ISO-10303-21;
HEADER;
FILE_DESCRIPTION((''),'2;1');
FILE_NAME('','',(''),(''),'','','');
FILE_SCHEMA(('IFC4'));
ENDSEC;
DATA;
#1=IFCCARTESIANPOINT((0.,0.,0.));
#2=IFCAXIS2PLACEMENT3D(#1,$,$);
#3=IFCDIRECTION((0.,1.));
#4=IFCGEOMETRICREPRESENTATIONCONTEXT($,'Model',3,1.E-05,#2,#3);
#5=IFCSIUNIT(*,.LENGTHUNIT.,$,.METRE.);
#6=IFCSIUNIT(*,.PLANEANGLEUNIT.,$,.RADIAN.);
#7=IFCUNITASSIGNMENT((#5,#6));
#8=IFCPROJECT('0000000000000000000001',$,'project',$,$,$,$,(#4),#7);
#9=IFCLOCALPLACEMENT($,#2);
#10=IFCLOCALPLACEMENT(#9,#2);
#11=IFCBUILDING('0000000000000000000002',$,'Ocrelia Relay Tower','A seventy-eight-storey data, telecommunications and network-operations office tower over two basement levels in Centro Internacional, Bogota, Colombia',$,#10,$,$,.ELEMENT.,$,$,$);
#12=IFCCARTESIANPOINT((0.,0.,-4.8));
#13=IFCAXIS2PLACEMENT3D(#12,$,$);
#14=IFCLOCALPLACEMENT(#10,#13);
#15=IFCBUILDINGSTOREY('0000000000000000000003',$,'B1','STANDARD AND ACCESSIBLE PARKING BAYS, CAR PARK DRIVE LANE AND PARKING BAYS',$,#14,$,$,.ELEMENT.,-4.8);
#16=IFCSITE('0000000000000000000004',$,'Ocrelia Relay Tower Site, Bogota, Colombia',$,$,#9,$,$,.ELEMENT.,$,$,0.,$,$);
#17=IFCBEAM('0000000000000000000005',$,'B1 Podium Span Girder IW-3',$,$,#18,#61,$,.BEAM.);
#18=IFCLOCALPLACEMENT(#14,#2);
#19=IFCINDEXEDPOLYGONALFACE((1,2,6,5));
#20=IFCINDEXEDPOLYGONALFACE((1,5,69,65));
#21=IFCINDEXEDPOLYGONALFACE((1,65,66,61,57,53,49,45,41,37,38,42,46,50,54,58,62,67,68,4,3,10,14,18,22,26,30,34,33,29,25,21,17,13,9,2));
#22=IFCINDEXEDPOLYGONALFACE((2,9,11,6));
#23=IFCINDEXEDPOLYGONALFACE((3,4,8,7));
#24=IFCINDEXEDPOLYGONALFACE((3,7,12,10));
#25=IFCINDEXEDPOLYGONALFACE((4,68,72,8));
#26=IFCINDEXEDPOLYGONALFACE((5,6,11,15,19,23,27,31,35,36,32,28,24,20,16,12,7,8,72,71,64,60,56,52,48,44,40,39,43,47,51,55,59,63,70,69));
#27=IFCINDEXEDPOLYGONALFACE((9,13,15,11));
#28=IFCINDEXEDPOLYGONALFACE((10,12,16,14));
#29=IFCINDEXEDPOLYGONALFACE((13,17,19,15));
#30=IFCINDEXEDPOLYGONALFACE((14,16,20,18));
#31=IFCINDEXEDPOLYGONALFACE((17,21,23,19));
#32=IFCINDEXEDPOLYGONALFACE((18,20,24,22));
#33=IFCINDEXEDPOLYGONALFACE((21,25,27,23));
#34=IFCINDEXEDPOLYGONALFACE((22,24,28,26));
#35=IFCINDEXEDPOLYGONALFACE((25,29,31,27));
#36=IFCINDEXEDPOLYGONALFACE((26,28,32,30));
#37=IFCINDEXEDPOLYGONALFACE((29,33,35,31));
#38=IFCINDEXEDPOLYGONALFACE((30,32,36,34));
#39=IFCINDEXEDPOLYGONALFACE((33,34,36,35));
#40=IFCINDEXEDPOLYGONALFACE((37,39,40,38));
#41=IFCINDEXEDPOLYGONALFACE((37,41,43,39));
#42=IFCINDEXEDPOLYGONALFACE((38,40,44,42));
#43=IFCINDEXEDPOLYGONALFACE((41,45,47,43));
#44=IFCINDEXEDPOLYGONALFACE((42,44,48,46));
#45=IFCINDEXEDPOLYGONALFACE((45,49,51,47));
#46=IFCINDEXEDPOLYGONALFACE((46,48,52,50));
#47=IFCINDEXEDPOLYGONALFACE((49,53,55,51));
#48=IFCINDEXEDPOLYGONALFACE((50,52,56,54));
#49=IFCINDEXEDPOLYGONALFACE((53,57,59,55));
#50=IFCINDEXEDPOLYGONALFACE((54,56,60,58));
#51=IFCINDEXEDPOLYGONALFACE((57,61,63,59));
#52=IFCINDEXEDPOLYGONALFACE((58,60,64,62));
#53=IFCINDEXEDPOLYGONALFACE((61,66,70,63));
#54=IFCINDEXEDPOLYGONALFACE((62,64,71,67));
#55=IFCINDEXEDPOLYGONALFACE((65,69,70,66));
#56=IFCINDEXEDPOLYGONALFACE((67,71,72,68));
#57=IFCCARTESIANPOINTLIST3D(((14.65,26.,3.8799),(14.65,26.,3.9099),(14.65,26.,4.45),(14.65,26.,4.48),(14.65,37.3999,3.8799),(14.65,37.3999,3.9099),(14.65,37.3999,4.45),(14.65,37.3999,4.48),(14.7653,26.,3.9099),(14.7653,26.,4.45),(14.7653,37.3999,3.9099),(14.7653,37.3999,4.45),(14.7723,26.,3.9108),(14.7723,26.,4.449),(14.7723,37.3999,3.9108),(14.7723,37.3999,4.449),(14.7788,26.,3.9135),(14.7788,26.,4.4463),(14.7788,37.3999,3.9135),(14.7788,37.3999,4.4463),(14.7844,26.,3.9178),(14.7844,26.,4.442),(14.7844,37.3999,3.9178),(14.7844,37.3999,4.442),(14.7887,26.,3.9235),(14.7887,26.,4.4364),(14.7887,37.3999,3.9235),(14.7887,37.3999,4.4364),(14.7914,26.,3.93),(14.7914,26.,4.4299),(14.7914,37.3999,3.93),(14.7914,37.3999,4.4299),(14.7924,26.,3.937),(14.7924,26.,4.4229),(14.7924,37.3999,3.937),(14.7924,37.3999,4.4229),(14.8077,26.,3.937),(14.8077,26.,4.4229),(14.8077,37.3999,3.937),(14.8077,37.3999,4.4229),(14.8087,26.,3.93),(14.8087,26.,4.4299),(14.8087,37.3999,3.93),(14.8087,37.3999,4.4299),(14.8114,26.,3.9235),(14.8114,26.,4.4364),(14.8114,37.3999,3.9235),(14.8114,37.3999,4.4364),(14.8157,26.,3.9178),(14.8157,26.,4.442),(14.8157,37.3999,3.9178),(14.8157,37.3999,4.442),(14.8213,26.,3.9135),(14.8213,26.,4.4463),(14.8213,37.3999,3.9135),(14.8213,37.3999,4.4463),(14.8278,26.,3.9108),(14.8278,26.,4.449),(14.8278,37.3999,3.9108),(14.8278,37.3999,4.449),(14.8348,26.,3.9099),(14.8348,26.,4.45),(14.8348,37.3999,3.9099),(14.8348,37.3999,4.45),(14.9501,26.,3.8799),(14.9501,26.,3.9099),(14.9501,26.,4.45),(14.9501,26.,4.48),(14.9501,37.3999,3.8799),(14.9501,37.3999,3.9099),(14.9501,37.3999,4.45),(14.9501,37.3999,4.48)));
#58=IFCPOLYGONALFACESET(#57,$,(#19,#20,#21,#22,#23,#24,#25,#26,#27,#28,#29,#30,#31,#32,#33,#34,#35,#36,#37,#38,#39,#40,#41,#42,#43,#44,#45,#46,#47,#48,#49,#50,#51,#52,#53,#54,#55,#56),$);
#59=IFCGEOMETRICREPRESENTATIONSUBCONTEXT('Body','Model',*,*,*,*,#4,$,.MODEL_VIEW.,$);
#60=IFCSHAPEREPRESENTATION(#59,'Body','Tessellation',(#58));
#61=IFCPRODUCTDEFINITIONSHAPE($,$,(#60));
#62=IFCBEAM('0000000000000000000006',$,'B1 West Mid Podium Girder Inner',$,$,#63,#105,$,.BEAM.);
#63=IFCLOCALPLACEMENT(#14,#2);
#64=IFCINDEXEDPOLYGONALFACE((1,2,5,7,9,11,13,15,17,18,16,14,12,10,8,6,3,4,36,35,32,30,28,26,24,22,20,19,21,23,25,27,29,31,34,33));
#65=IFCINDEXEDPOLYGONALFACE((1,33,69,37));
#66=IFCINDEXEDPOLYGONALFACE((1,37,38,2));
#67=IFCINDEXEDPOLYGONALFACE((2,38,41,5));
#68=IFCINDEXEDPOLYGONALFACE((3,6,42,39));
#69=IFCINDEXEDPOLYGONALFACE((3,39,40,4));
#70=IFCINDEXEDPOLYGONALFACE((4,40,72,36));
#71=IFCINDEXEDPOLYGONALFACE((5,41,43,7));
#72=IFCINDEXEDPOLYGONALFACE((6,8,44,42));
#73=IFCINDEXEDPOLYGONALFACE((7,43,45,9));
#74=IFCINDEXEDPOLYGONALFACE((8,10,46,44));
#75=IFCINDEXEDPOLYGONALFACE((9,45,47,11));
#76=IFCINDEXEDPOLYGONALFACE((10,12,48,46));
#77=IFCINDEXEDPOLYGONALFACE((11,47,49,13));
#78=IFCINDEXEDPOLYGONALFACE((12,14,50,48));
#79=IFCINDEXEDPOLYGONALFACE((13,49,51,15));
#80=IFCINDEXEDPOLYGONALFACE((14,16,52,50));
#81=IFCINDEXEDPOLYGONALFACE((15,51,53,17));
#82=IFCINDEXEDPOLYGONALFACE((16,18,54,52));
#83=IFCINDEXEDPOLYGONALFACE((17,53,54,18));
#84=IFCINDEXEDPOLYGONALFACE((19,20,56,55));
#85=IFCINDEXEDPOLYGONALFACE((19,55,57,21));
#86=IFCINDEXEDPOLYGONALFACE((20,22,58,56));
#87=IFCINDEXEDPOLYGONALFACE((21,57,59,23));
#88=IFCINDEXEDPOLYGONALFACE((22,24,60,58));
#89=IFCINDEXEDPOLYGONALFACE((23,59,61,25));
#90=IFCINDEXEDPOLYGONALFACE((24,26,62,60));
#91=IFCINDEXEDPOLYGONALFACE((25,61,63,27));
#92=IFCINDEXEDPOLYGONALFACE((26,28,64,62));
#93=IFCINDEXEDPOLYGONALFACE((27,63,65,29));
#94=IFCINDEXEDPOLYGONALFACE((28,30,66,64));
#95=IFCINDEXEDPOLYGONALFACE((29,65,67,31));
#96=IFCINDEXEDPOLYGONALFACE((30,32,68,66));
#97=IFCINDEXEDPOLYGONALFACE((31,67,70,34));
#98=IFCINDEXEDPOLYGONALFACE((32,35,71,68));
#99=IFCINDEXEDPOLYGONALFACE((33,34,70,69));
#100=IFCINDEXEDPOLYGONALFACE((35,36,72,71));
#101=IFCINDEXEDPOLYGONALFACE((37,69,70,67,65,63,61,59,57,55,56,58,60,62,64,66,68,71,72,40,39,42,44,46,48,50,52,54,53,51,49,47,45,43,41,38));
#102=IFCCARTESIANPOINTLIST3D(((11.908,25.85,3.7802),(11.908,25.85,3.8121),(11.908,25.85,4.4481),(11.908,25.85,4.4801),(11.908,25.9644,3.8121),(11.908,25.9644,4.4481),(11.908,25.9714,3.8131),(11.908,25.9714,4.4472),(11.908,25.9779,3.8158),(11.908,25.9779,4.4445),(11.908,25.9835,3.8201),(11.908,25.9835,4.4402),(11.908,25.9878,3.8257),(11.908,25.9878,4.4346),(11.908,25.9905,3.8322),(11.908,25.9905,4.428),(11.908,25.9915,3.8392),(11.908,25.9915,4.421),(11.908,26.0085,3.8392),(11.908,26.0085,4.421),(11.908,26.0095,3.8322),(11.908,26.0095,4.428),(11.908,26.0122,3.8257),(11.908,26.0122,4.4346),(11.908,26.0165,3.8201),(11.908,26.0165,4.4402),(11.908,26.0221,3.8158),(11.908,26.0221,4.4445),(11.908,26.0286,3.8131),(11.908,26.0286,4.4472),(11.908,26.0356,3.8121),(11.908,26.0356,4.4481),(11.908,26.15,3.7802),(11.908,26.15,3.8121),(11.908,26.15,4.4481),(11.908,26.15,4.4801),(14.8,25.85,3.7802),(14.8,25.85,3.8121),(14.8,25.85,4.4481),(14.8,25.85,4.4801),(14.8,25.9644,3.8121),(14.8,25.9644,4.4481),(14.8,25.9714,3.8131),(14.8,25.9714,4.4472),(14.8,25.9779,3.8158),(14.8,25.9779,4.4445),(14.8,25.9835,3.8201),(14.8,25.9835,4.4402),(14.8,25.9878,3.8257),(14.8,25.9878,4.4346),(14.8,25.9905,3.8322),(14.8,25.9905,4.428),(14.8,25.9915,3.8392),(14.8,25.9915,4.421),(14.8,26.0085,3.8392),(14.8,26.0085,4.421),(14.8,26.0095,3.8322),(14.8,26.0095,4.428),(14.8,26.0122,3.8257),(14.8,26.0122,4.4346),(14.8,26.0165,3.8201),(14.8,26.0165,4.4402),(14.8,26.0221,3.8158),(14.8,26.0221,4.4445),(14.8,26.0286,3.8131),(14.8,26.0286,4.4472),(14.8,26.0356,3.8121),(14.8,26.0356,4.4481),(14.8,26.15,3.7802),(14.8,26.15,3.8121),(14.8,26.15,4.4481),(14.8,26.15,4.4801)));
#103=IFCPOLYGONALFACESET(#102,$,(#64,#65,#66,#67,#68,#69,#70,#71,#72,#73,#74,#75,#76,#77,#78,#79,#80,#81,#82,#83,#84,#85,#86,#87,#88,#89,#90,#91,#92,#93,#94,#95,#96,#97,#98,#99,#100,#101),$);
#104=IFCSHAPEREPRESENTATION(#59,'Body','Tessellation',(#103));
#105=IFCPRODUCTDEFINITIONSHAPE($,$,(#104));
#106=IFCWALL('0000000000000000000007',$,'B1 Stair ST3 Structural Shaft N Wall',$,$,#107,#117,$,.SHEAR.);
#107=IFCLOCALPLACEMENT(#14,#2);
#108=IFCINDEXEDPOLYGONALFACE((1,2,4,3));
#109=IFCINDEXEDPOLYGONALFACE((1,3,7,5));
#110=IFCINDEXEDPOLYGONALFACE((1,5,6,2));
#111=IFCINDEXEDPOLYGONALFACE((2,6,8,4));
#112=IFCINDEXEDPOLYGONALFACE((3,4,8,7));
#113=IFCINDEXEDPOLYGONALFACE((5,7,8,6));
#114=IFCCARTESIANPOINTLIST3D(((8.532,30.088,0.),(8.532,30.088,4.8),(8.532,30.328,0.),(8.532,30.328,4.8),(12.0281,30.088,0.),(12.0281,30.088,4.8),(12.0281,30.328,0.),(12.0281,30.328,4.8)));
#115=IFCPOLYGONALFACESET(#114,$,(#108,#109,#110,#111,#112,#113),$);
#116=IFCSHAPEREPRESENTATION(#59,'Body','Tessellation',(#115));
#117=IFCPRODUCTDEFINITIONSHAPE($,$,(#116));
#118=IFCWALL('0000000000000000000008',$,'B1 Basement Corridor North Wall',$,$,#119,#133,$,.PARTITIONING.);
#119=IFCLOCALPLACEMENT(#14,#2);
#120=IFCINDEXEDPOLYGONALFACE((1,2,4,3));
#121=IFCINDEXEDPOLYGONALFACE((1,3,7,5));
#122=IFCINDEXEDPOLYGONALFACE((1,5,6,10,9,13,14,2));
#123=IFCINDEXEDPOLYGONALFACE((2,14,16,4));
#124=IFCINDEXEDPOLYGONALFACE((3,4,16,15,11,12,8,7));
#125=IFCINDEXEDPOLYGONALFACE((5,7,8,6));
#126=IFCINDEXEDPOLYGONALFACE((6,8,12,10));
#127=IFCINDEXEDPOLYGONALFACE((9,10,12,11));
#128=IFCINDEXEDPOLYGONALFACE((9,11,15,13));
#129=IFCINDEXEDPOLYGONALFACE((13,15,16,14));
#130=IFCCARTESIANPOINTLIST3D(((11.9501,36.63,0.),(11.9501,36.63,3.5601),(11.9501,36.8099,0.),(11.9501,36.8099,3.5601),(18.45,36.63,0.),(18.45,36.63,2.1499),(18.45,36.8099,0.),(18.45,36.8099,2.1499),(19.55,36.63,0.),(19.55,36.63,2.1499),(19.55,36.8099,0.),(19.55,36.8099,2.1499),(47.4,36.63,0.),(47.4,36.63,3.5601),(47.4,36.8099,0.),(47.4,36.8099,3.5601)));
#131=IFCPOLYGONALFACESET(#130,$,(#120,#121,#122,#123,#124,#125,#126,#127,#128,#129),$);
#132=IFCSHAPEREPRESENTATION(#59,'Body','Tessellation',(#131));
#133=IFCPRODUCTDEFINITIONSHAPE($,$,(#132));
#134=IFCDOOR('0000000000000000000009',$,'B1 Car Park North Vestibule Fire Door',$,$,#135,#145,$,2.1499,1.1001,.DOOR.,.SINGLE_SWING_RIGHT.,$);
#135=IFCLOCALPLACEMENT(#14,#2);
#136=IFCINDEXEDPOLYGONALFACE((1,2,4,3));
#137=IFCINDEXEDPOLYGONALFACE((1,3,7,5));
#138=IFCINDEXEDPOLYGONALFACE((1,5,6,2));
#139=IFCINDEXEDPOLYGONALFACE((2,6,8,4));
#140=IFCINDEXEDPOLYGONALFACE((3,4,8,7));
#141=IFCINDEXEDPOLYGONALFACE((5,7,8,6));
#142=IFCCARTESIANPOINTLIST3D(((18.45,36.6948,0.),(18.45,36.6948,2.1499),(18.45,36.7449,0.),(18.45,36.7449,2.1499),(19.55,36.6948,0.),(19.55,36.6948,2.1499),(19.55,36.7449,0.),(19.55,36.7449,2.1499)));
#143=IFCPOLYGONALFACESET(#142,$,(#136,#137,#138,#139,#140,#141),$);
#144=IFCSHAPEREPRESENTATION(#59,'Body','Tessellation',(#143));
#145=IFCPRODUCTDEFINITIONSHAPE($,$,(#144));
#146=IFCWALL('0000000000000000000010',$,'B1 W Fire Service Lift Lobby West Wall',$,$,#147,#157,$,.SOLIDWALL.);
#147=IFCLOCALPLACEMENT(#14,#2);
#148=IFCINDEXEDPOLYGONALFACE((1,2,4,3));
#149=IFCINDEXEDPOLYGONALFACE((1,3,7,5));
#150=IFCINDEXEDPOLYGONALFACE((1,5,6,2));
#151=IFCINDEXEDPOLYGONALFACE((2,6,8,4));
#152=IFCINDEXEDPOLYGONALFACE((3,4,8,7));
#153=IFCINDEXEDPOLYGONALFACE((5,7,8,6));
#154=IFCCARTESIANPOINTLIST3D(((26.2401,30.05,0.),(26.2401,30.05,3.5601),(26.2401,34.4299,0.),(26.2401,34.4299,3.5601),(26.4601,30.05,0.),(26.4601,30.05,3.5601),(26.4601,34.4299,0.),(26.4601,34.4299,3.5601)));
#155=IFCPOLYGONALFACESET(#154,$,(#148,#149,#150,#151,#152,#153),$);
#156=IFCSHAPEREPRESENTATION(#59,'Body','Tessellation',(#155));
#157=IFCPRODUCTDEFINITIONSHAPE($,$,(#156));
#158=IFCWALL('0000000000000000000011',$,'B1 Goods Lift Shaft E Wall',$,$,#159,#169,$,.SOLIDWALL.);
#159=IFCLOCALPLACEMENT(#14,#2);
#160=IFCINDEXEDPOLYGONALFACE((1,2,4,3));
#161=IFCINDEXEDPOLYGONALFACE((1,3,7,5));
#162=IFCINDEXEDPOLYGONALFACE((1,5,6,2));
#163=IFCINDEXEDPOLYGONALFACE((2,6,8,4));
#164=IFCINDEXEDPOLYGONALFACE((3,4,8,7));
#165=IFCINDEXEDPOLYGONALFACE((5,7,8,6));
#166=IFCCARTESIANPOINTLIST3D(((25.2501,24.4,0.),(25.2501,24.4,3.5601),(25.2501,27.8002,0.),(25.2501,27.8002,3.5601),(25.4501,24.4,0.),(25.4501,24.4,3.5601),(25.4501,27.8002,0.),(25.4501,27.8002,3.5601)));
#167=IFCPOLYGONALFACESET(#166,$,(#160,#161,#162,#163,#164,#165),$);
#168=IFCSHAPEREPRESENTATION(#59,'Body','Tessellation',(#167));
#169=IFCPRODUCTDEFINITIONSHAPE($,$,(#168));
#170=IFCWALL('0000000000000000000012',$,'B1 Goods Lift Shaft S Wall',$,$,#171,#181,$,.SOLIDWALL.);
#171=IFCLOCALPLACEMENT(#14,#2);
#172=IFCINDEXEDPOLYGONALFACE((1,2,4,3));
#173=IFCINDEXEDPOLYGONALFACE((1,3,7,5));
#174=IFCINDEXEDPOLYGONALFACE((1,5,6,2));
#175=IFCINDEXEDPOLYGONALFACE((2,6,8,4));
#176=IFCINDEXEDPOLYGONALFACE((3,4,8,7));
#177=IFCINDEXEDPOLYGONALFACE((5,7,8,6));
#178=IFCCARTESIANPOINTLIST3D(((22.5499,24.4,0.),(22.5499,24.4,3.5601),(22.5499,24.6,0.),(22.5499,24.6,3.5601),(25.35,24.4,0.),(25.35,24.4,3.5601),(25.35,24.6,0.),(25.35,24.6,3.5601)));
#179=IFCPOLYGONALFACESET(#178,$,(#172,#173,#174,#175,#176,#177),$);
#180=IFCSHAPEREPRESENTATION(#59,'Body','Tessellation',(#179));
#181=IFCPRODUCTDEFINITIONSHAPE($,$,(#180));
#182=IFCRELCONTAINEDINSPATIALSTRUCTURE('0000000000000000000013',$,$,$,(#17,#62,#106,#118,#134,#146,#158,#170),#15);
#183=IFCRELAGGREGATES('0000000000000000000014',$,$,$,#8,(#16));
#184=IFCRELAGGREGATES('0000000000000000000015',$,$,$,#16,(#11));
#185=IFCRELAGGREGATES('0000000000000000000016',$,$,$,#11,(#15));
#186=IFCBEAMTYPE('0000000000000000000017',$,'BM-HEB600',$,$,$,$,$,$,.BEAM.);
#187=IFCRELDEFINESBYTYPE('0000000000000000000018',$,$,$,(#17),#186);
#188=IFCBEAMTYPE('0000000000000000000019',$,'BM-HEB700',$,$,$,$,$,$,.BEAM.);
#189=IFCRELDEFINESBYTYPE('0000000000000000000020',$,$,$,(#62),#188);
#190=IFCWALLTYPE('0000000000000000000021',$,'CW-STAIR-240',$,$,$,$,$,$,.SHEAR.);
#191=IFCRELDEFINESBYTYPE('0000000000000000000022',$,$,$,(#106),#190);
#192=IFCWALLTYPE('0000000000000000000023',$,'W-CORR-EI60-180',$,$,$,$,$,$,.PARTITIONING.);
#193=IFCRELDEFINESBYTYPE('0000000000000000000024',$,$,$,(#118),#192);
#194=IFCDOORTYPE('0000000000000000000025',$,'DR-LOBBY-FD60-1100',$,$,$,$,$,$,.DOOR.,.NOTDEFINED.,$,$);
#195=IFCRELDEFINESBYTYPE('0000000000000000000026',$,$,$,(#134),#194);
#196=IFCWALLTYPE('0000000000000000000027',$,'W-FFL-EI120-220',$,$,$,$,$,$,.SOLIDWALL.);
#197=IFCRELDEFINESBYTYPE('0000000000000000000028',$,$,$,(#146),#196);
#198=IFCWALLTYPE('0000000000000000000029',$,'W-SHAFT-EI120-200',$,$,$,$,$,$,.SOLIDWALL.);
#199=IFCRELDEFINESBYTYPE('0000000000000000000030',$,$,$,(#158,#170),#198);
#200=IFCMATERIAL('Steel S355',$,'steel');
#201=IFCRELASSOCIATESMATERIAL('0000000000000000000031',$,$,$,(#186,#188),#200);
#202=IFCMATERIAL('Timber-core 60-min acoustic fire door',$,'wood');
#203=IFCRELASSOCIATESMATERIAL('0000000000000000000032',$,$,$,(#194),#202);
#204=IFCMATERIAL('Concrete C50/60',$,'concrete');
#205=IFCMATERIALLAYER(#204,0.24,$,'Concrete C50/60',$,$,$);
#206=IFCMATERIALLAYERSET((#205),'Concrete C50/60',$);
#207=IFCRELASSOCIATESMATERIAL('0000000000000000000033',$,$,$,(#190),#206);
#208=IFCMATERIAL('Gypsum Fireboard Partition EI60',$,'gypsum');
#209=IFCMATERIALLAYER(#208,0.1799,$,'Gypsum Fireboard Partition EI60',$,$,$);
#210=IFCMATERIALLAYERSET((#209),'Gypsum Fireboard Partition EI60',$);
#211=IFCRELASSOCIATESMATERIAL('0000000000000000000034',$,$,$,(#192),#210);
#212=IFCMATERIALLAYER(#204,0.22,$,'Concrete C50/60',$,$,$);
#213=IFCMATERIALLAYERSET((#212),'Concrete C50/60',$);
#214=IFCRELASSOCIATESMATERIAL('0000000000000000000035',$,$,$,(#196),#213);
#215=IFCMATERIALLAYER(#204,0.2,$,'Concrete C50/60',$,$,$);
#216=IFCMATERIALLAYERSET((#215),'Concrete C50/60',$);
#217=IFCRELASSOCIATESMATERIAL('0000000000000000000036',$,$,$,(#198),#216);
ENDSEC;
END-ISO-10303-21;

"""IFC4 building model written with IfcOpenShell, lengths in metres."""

from ifc_helpers import new_model, si_unit, direction, frame, frame_2d, origin, origin_2d, place, context, subcontext, project, spatial, rectangle, i_section, extrude, material, layer, layer_set, material_profile, profile_set, type_object, element, fill, save


model = new_model("IFC4")

# Units and contexts
model_context = context("Model", 3, precision=1e-05, world=origin(), true_north=direction((0.0, 1.0)))
body_context = subcontext(model_context, "Body", "Model", "MODEL_VIEW")
ifc_project = project(units=[si_unit("LENGTHUNIT", "METRE"), si_unit("PLANEANGLEUNIT", "RADIAN")], contexts=[model_context])

# Site, building, storey
site_placement = place(None, origin())
site = spatial("IfcSite", under=ifc_project, at=site_placement, Name="Ocrelia Relay Tower Site, Bogota, Colombia", CompositionType="ELEMENT", RefElevation=0.0)
building_placement = place(site_placement, origin())
building = spatial("IfcBuilding", under=site, at=building_placement, Name="Ocrelia Relay Tower", Description="A seventy-eight-storey data, telecommunications and network-operations office tower over two basement levels in Centro Internacional, Bogota, Colombia", CompositionType="ELEMENT")
storey_placement = place(building_placement, frame((0.0, 0.0, -4.8)))
storey = spatial("IfcBuildingStorey", under=building, at=storey_placement, Name="B1", Description="STANDARD AND ACCESSIBLE PARKING BAYS, CAR PARK DRIVE LANE AND PARKING BAYS", CompositionType="ELEMENT", Elevation=-4.8)

# Beams
ifc_material_1 = material(Name="Steel S355", Category="steel")
ifc_material_profile_1 = material_profile(ifc_material_1, i_section(OverallWidth=0.3, OverallDepth=0.6001, WebThickness=0.0154, FlangeThickness=0.03, FilletRadius=0.0271, at=origin_2d()), Name="HEB 600")
ifc_profile_set_1 = profile_set([ifc_material_profile_1], Name="Steel S355")
beam_type_1 = type_object("IfcBeamType", Name="BM-HEB600", PredefinedType="BEAM", material=ifc_profile_set_1)
for number, where, z_axis, x_axis, name in (
    (1, (14.8, 26.0, 4.1799), (0.0, 1.0, 0.0), (-1.0, 0.0, 0.0), "B1 Podium Span Girder IW-3"),
):
    element("IfcBeam", number, at=place(storey_placement, frame(where, z_axis=z_axis, x_axis=x_axis)), inside=storey, type_object=beam_type_1, Name=name, PredefinedType="BEAM", context=body_context, shape_type="SweptSolid", body=[
        extrude(i_section(OverallWidth=0.3, OverallDepth=0.6001, WebThickness=0.0154, FlangeThickness=0.03, FilletRadius=0.0271, at=origin_2d()), origin(), (0.0, 0.0, 1.0), 11.3999),
    ])
ifc_material_profile_2 = material_profile(ifc_material_1, i_section(OverallWidth=0.3, OverallDepth=0.7, WebThickness=0.0171, FlangeThickness=0.032, FilletRadius=0.0271, at=origin_2d()), Name="HEB 700")
ifc_profile_set_2 = profile_set([ifc_material_profile_2], Name="Steel S355")
beam_type_2 = type_object("IfcBeamType", Name="BM-HEB700", PredefinedType="BEAM", material=ifc_profile_set_2)
beam_1_placement = place(storey_placement, frame((11.908, 26.0, 4.1301), z_axis=(1.0, 0.0, 0.0), x_axis=(0.0, 1.0, 0.0)))
element("IfcBeam", 2, at=beam_1_placement, inside=storey, type_object=beam_type_2, Name="B1 West Mid Podium Girder Inner", PredefinedType="BEAM", context=body_context, shape_type="SweptSolid", body=[
    extrude(i_section(OverallWidth=0.3, OverallDepth=0.7, WebThickness=0.0171, FlangeThickness=0.032, FilletRadius=0.0271, at=origin_2d()), origin(), (0.0, 0.0, 1.0), 2.8921),
])

# Shared definitions
ifc_material_2 = material(Name="Timber-core 60-min acoustic fire door", Category="wood")
door_type_1 = type_object("IfcDoorType", Name="DR-LOBBY-FD60-1100", OperationType="NOTDEFINED", PredefinedType="DOOR", material=ifc_material_2)

# Wall
ifc_material_3 = material(Name="Concrete C50/60", Category="concrete")
ifc_layer_1 = layer(ifc_material_3, 0.24, Name="Concrete C50/60")
ifc_layer_set_1 = layer_set([ifc_layer_1], Name="Concrete C50/60")
wall_type_1 = type_object("IfcWallType", Name="CW-STAIR-240", PredefinedType="SHEAR", material=ifc_layer_set_1)
wall_1_placement = place(storey_placement, frame((8.532, 30.208, 0.0), z_axis=(0.0, 0.0, 1.0), x_axis=(1.0, 0.0, 0.0)))
element("IfcWall", 3, at=wall_1_placement, inside=storey, type_object=wall_type_1, Name="B1 Stair ST3 Structural Shaft N Wall", PredefinedType="SHEAR", context=body_context, shape_type="SweptSolid", body=[
    extrude(rectangle(XDim=3.4961, YDim=0.24, at=frame_2d((1.748, 0.0))), origin(), (0.0, 0.0, 1.0), 4.8),
])

# Wall, opening, door
ifc_material_4 = material(Name="Gypsum Fireboard Partition EI60", Category="gypsum")
ifc_layer_2 = layer(ifc_material_4, 0.1799, Name="Gypsum Fireboard Partition EI60")
ifc_layer_set_2 = layer_set([ifc_layer_2], Name="Gypsum Fireboard Partition EI60")
wall_type_2 = type_object("IfcWallType", Name="W-CORR-EI60-180", PredefinedType="PARTITIONING", material=ifc_layer_set_2)
wall_2_placement = place(storey_placement, frame((11.95, 36.72, 0.0), z_axis=(0.0, 0.0, 1.0), x_axis=(1.0, 0.0, 0.0)))
wall_2 = element("IfcWall", 4, at=wall_2_placement, inside=storey, type_object=wall_type_2, Name="B1 Basement Corridor North Wall", PredefinedType="PARTITIONING", context=body_context, shape_type="SweptSolid", body=[
    extrude(rectangle(XDim=35.45, YDim=0.1799, at=frame_2d((17.7251, 0.0))), origin(), (0.0, 0.0, 1.0), 3.5601),
])
opening_1_placement = place(wall_2_placement, frame((6.5, 0.0, 0.0)))
opening_1 = element("IfcOpeningElement", 5, at=opening_1_placement, cuts=wall_2, PredefinedType="OPENING", context=body_context, shape_type="SweptSolid", body=[
    extrude(rectangle(XDim=1.1001, YDim=2.1499, at=frame_2d((0.55, 1.075))), frame((0.0, 0.1001, 0.0), z_axis=(0.0, -1.0, 0.0), x_axis=(1.0, 0.0, 0.0)), (0.0, 0.0, 1.0), 0.2),
])
door_1_placement = place(opening_1_placement, origin())
door_1 = element("IfcDoor", 6, at=door_1_placement, inside=storey, type_object=door_type_1, Name="B1 Car Park North Vestibule Fire Door", OperationType="SINGLE_SWING_RIGHT", OverallHeight=2.1499, OverallWidth=1.1001, PredefinedType="DOOR", context=body_context, shape_type="SweptSolid", body=[
    extrude(rectangle(XDim=1.1001, YDim=2.1499, at=frame_2d((0.55, 1.075))), frame((0.0, 0.0249, 0.0), z_axis=(0.0, -1.0, 0.0), x_axis=(1.0, 0.0, 0.0)), (0.0, 0.0, 1.0), 0.05),
])
fill(opening_1, door_1)

# Wall
ifc_layer_3 = layer(ifc_material_3, 0.22, Name="Concrete C50/60")
ifc_layer_set_3 = layer_set([ifc_layer_3], Name="Concrete C50/60")
wall_type_3 = type_object("IfcWallType", Name="W-FFL-EI120-220", PredefinedType="SOLIDWALL", material=ifc_layer_set_3)
wall_3_placement = place(storey_placement, frame((26.3501, 30.05, 0.0), z_axis=(0.0, 0.0, 1.0), x_axis=(0.0, 1.0, 0.0)))
element("IfcWall", 7, at=wall_3_placement, inside=storey, type_object=wall_type_3, Name="B1 W Fire Service Lift Lobby West Wall", PredefinedType="SOLIDWALL", context=body_context, shape_type="SweptSolid", body=[
    extrude(rectangle(XDim=4.3799, YDim=0.22, at=frame_2d((2.1899, 0.0))), origin(), (0.0, 0.0, 1.0), 3.5601),
])

# Shared definitions
ifc_layer_4 = layer(ifc_material_3, 0.2, Name="Concrete C50/60")
ifc_layer_set_4 = layer_set([ifc_layer_4], Name="Concrete C50/60")
wall_type_4 = type_object("IfcWallType", Name="W-SHAFT-EI120-200", PredefinedType="SOLIDWALL", material=ifc_layer_set_4)

# Walls
wall_4_placement = place(storey_placement, frame((25.3501, 24.3999, 0.0), z_axis=(0.0, 0.0, 1.0), x_axis=(0.0, 1.0, 0.0)))
element("IfcWall", 8, at=wall_4_placement, inside=storey, type_object=wall_type_4, Name="B1 Goods Lift Shaft E Wall", PredefinedType="SOLIDWALL", context=body_context, shape_type="SweptSolid", body=[
    extrude(rectangle(XDim=3.4001, YDim=0.2, at=frame_2d((1.7002, 0.0))), origin(), (0.0, 0.0, 1.0), 3.5601),
])
for number, where, z_axis, x_axis, name in (
    (9, (22.55, 24.5, 0.0), (0.0, 0.0, 1.0), (1.0, 0.0, 0.0), "B1 Goods Lift Shaft S Wall"),
):
    element("IfcWall", number, at=place(storey_placement, frame(where, z_axis=z_axis, x_axis=x_axis)), inside=storey, type_object=wall_type_4, Name=name, PredefinedType="SOLIDWALL", context=body_context, shape_type="SweptSolid", body=[
        extrude(rectangle(XDim=2.8, YDim=0.2, at=frame_2d((1.3999, 0.0))), origin(), (0.0, 0.0, 1.0), 3.5601),
    ])

save(model, "model.ifc")
